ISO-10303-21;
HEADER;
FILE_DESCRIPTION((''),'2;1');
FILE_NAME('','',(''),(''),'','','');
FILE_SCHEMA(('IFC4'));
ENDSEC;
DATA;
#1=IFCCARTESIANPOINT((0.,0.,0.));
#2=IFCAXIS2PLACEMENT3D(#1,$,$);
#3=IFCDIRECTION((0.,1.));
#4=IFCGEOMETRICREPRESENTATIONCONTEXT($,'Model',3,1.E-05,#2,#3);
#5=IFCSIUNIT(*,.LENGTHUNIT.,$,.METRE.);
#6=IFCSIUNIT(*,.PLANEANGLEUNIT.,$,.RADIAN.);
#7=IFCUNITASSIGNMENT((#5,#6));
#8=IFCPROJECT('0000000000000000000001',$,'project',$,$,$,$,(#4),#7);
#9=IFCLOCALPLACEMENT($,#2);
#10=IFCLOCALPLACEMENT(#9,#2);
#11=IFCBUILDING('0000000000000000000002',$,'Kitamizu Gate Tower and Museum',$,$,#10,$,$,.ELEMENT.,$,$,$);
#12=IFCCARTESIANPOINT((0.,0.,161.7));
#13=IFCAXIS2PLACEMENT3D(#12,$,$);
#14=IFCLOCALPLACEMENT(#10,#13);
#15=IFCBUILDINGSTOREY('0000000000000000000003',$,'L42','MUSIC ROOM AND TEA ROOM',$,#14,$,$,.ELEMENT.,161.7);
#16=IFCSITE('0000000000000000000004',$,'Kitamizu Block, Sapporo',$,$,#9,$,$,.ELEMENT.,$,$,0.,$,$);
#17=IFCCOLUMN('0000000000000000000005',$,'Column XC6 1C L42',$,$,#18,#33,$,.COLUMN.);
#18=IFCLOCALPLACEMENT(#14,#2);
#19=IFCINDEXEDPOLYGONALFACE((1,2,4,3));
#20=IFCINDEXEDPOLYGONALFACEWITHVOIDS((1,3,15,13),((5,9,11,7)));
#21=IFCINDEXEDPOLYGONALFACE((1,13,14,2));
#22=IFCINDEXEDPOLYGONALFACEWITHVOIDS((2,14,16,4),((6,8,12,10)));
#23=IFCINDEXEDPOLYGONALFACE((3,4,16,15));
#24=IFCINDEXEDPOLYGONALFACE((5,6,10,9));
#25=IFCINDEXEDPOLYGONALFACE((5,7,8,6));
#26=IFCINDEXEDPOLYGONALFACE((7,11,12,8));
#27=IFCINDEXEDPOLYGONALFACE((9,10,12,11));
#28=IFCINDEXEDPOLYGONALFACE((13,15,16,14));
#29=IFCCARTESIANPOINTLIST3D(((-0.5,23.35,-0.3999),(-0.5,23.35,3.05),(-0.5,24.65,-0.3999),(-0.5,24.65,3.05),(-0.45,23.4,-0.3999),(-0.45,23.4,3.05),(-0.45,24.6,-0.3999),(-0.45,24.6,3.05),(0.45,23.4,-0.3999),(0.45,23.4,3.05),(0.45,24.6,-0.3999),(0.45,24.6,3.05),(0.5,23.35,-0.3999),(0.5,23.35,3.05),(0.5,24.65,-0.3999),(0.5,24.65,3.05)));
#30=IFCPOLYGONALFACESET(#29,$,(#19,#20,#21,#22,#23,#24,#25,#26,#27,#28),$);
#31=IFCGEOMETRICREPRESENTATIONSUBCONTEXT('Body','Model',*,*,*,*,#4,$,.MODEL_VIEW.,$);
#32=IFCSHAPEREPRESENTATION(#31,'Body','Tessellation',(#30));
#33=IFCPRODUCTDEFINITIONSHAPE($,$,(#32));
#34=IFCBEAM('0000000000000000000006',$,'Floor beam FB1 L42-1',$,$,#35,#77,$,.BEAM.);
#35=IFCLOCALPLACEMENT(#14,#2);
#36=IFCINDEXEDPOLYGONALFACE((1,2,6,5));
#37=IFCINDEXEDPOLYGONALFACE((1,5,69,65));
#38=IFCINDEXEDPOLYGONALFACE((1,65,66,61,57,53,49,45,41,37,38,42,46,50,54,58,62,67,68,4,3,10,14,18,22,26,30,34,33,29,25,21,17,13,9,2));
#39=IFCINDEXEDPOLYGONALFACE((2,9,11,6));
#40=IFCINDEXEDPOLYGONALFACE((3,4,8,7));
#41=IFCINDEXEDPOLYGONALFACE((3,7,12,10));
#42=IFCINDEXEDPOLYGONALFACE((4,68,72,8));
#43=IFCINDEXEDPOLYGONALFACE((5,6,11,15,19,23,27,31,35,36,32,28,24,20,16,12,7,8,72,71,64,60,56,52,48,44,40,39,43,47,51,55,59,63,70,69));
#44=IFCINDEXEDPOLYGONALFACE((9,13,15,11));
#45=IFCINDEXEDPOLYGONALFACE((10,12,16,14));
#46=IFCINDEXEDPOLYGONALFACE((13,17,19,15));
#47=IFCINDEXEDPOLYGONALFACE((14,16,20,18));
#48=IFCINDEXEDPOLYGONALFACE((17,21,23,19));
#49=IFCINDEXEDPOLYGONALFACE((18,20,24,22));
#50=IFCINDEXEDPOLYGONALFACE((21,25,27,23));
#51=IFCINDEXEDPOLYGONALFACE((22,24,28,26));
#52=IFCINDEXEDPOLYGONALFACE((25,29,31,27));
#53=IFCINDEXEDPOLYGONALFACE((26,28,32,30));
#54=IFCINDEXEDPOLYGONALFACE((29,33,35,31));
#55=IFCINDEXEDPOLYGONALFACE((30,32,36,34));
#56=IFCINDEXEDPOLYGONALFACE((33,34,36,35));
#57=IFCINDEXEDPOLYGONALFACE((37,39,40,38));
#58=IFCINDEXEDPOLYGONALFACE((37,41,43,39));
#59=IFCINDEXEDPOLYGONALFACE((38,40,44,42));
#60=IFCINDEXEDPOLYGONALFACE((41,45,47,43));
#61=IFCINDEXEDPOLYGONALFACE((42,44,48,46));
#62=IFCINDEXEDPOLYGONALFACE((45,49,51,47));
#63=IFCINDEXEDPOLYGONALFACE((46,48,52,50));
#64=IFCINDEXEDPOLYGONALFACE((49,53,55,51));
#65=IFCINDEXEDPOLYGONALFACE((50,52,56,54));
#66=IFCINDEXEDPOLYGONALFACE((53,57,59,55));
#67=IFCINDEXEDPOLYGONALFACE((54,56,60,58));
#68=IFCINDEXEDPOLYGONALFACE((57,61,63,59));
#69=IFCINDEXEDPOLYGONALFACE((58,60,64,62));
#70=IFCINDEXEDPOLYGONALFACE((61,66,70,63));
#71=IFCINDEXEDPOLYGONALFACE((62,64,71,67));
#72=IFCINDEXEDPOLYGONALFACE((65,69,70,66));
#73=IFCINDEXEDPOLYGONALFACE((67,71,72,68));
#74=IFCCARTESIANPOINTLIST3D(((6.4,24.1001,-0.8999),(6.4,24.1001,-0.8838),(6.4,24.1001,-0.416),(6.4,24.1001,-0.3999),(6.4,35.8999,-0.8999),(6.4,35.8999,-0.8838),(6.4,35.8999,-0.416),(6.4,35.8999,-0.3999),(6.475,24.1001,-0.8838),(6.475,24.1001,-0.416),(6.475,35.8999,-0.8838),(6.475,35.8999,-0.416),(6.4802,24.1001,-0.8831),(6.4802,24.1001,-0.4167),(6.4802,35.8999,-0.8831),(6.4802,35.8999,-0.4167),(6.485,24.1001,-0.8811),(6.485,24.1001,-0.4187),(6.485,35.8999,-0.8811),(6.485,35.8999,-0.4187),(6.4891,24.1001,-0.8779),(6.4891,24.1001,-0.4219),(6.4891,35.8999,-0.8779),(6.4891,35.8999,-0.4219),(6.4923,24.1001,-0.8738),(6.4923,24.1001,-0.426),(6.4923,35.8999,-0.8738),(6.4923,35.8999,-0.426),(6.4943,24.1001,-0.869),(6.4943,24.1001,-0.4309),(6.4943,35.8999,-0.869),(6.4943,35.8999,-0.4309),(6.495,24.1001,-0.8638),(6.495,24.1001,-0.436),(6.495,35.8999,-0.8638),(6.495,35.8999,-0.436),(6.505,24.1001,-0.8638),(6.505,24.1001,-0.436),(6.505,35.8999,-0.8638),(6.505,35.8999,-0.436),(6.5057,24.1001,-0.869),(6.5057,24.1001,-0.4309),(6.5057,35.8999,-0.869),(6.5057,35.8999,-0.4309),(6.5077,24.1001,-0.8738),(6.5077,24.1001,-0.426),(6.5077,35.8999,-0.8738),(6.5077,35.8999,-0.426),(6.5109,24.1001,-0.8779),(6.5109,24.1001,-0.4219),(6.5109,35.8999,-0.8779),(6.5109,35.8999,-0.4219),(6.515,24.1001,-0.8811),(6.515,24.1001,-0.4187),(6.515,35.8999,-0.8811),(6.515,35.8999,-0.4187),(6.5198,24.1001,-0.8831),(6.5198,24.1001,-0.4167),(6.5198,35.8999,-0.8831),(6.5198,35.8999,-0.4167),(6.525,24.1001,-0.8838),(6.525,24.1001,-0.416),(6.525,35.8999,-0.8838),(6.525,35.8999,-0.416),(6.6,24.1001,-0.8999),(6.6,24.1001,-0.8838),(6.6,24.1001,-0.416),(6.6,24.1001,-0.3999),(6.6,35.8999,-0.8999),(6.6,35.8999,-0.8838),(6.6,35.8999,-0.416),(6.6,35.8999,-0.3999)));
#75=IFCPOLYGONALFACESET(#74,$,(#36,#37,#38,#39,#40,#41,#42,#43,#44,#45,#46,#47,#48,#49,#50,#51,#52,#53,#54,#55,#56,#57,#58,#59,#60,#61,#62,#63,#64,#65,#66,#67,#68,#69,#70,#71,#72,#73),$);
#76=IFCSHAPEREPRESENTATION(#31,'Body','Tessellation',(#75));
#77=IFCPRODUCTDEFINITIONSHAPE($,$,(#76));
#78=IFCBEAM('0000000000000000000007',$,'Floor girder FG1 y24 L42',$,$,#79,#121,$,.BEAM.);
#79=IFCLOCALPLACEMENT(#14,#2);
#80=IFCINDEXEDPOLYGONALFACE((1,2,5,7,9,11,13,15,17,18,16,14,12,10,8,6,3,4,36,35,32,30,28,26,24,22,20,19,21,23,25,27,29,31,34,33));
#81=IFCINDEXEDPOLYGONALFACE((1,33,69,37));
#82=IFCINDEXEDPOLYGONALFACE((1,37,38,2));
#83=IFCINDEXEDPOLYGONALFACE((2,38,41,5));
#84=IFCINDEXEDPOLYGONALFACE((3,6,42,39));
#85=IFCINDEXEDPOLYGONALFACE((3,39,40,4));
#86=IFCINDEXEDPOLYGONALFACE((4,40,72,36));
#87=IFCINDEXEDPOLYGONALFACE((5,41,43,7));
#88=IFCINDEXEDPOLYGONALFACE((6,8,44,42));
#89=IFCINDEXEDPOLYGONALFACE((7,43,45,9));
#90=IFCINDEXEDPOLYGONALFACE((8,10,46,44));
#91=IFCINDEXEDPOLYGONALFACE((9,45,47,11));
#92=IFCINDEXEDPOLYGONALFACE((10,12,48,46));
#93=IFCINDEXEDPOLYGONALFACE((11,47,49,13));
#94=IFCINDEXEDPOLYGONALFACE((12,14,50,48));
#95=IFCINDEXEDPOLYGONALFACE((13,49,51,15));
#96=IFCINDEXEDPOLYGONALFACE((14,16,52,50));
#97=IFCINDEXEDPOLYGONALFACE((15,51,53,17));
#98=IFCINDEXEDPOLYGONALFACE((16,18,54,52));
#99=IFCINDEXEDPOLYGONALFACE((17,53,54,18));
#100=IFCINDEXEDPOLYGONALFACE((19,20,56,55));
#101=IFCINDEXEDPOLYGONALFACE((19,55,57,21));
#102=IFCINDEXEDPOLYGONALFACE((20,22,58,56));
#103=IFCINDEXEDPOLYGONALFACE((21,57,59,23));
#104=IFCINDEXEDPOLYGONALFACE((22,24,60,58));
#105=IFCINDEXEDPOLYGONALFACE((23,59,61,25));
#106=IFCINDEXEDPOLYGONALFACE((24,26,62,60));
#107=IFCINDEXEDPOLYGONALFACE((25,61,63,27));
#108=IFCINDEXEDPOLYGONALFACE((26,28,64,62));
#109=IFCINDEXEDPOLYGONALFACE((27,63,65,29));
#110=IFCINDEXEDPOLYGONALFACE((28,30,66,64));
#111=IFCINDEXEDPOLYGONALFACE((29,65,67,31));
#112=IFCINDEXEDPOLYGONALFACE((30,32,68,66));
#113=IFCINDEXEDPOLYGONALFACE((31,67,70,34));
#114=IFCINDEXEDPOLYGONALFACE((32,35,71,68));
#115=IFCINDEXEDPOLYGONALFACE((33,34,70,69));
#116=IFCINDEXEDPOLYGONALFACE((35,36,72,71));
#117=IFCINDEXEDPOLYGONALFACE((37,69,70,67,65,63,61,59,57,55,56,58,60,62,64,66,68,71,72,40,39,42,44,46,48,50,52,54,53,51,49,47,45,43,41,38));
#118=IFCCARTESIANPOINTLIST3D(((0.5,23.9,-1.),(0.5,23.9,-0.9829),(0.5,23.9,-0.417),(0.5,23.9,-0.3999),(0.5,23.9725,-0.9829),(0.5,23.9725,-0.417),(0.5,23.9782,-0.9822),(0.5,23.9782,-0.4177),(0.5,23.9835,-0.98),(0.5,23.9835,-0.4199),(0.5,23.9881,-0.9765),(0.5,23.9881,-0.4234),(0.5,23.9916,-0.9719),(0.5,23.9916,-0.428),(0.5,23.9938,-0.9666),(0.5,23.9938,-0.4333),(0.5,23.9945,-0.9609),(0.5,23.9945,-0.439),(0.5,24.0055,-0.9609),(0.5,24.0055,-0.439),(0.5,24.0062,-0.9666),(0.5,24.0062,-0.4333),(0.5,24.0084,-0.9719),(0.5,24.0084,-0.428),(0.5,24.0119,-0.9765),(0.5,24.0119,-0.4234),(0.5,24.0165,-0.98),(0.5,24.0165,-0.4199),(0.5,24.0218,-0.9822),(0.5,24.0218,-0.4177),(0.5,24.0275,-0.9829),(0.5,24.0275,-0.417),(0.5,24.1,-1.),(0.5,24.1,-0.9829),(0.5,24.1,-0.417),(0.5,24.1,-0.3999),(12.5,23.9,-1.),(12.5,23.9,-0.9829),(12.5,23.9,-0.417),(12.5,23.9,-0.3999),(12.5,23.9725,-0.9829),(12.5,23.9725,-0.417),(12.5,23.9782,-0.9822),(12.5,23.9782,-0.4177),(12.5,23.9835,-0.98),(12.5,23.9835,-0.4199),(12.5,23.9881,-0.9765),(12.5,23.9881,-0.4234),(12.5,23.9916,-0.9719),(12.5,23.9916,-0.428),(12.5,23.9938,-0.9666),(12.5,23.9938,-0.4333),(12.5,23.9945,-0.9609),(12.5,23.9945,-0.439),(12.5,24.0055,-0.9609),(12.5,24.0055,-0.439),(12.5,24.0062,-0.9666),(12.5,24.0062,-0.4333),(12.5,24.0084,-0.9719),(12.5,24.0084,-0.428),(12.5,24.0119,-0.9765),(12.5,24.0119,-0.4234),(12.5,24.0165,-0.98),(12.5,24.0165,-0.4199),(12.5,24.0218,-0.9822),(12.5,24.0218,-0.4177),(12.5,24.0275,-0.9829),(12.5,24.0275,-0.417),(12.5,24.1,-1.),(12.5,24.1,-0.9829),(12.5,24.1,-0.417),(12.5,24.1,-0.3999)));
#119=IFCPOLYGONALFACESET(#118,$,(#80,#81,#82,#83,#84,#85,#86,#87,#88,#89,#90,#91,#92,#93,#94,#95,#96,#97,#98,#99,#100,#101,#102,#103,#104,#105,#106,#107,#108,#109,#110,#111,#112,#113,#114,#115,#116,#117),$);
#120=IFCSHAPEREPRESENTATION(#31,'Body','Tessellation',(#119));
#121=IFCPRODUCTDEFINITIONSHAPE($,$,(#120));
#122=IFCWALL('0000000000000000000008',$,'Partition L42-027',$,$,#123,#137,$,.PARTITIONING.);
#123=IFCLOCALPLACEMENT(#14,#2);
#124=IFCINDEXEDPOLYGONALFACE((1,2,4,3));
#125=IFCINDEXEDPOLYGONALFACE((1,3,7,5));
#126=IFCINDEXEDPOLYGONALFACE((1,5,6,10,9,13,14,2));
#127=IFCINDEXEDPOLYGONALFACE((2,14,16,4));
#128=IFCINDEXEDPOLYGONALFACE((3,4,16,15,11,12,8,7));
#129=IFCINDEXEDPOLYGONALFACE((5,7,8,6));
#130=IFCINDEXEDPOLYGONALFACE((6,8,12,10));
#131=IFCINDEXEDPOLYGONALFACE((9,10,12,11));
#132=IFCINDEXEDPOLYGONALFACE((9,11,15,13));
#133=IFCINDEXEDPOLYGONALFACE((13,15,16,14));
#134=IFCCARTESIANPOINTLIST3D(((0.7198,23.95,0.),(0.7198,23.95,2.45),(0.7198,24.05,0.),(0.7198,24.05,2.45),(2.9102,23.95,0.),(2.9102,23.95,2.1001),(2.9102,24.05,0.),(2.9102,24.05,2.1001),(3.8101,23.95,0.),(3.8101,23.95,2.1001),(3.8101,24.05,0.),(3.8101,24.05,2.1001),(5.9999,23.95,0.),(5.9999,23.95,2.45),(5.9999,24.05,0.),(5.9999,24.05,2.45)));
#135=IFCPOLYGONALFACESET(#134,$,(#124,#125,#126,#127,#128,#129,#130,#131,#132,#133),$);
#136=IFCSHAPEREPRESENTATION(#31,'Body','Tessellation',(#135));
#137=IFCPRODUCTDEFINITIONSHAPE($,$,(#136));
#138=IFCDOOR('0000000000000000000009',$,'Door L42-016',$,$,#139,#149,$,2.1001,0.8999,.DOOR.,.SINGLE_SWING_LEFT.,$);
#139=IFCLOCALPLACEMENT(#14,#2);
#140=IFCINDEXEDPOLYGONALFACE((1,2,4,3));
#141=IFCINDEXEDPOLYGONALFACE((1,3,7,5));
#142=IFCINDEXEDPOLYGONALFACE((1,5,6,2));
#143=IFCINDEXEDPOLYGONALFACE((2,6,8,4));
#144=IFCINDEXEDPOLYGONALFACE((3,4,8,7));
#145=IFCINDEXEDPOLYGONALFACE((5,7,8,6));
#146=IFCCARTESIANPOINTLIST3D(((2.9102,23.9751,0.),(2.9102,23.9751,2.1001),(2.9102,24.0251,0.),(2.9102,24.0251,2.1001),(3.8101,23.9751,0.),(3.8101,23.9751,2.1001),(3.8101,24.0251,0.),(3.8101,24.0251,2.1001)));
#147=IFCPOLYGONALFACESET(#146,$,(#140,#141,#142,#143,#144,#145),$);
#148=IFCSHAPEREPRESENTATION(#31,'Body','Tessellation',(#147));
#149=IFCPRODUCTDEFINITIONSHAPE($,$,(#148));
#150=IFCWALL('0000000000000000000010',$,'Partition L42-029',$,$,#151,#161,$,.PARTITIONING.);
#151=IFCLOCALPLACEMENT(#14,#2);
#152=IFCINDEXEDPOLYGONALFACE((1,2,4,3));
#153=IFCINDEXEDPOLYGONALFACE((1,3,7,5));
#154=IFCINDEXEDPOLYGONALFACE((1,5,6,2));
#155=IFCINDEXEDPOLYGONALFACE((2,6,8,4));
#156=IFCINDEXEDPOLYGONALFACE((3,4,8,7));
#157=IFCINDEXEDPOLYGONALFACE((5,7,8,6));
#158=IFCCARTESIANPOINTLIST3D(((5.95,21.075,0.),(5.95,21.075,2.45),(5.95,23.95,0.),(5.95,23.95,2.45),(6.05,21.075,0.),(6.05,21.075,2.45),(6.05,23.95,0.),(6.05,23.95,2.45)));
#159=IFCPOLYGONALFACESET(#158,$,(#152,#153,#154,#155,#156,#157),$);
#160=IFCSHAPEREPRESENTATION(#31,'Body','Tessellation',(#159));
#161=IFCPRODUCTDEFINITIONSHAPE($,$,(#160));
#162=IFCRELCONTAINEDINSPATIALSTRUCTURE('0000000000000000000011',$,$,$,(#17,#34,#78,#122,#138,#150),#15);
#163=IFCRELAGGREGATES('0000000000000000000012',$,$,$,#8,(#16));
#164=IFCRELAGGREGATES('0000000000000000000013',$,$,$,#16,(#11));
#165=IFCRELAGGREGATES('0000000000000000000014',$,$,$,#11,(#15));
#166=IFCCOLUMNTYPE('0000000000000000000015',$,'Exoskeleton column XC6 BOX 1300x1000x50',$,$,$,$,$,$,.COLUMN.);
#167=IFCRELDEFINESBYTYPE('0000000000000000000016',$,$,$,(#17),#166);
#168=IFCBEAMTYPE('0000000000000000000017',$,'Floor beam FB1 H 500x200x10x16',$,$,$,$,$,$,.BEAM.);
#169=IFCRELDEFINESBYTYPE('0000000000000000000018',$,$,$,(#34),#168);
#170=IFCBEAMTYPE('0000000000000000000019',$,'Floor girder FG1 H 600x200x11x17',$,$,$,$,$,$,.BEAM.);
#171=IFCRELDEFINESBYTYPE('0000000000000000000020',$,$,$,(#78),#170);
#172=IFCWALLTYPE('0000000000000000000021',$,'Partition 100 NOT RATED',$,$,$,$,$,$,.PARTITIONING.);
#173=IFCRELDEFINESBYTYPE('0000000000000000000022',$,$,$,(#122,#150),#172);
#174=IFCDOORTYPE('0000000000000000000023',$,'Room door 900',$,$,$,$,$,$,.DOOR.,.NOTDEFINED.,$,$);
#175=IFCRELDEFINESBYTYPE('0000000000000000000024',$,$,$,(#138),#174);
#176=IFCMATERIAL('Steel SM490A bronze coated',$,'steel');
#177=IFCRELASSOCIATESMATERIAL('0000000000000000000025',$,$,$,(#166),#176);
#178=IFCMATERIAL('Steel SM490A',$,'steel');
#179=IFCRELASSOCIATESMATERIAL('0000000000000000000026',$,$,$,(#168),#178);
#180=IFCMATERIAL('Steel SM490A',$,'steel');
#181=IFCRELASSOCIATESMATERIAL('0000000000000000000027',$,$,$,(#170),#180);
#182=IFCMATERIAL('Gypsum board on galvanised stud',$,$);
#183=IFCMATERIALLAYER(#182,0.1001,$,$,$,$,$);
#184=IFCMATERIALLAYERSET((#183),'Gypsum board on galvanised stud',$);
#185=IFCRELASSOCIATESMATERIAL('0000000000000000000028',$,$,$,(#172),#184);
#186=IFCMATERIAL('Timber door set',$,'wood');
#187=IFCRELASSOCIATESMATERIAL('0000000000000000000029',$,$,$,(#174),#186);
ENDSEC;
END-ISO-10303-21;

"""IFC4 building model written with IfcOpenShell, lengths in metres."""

from ifc_helpers import new_model, si_unit, direction, frame, frame_2d, origin, origin_2d, place, context, subcontext, project, spatial, rectangle, hollow_rectangle, i_section, extrude, material, layer, layer_set, material_profile, profile_set, type_object, element, fill, save


model = new_model("IFC4")

# Units and contexts
model_context = context("Model", 3, precision=1e-05, world=origin(), true_north=direction((0.0, 1.0)))
body_context = subcontext(model_context, "Body", "Model", "MODEL_VIEW")
ifc_project = project(units=[si_unit("LENGTHUNIT", "METRE"), si_unit("PLANEANGLEUNIT", "RADIAN")], contexts=[model_context])

# Site, building, storey
site_placement = place(None, origin())
site = spatial("IfcSite", under=ifc_project, at=site_placement, Name="Kitamizu Block, Sapporo", CompositionType="ELEMENT", RefElevation=0.0)
building_placement = place(site_placement, origin())
building = spatial("IfcBuilding", under=site, at=building_placement, Name="Kitamizu Gate Tower and Museum", CompositionType="ELEMENT")
storey_placement = place(building_placement, frame((0.0, 0.0, 161.7)))
storey = spatial("IfcBuildingStorey", under=building, at=storey_placement, Name="L42", Description="MUSIC ROOM AND TEA ROOM", CompositionType="ELEMENT", Elevation=161.7)

# Column
ifc_material_1 = material(Name="Steel SM490A bronze coated", Category="steel")
ifc_material_profile_1 = material_profile(ifc_material_1, hollow_rectangle(XDim=1.3, YDim=1.0, WallThickness=0.05, at=origin_2d()), Name="BOX 1300x1000x50")
ifc_profile_set_1 = profile_set([ifc_material_profile_1], Name="Steel SM490A bronze coated")
column_type = type_object("IfcColumnType", Name="Exoskeleton column XC6 BOX 1300x1000x50", PredefinedType="COLUMN", material=ifc_profile_set_1)
column_placement = place(storey_placement, frame((0.0, 24.0, -0.3999), z_axis=(0.0, 0.0, 1.0), x_axis=(0.0, 1.0, 0.0)))
element("IfcColumn", 1, at=column_placement, inside=storey, type_object=column_type, Name="Column XC6 1C L42", PredefinedType="COLUMN", context=body_context, shape_type="SweptSolid", body=[
    extrude(hollow_rectangle(XDim=1.3, YDim=1.0, WallThickness=0.05, at=origin_2d()), origin(), (0.0, 0.0, 1.0), 3.45),
])

# Beams
ifc_material_2 = material(Name="Steel SM490A", Category="steel")
ifc_material_profile_2 = material_profile(ifc_material_2, i_section(OverallWidth=0.2, OverallDepth=0.5, WebThickness=0.01, FlangeThickness=0.0161, FilletRadius=0.02, at=origin_2d()), Name="H-500x200x10x16")
ifc_profile_set_2 = profile_set([ifc_material_profile_2], Name="Steel SM490A")
beam_type_1 = type_object("IfcBeamType", Name="Floor beam FB1 H 500x200x10x16", PredefinedType="BEAM", material=ifc_profile_set_2)
beam_1_placement = place(storey_placement, frame((6.5, 24.1001, -0.6499), z_axis=(0.0, 1.0, 0.0), x_axis=(-1.0, 0.0, 0.0)))
element("IfcBeam", 2, at=beam_1_placement, inside=storey, type_object=beam_type_1, Name="Floor beam FB1 L42-1", PredefinedType="BEAM", context=body_context, shape_type="SweptSolid", body=[
    extrude(i_section(OverallWidth=0.2, OverallDepth=0.5, WebThickness=0.01, FlangeThickness=0.0161, FilletRadius=0.02, at=origin_2d()), origin(), (0.0, 0.0, 1.0), 11.7998),
])
ifc_material_3 = material(Name="Steel SM490A", Category="steel")
ifc_material_profile_3 = material_profile(ifc_material_3, i_section(OverallWidth=0.2, OverallDepth=0.6001, WebThickness=0.011, FlangeThickness=0.0171, FilletRadius=0.022, at=origin_2d()), Name="H-600x200x11x17")
ifc_profile_set_3 = profile_set([ifc_material_profile_3], Name="Steel SM490A")
beam_type_2 = type_object("IfcBeamType", Name="Floor girder FG1 H 600x200x11x17", PredefinedType="BEAM", material=ifc_profile_set_3)
beam_2_placement = place(storey_placement, frame((0.5, 24.0, -0.7), z_axis=(1.0, 0.0, 0.0), x_axis=(0.0, 1.0, 0.0)))
element("IfcBeam", 3, at=beam_2_placement, inside=storey, type_object=beam_type_2, Name="Floor girder FG1 y24 L42", PredefinedType="BEAM", context=body_context, shape_type="SweptSolid", body=[
    extrude(i_section(OverallWidth=0.2, OverallDepth=0.6001, WebThickness=0.011, FlangeThickness=0.0171, FilletRadius=0.022, at=origin_2d()), origin(), (0.0, 0.0, 1.0), 12.0),
])

# Wall, opening, door
ifc_material_4 = material(Name="Gypsum board on galvanised stud")
ifc_layer_1 = layer(ifc_material_4, 0.1001)
ifc_layer_set_1 = layer_set([ifc_layer_1], Name="Gypsum board on galvanised stud")
wall_type_1 = type_object("IfcWallType", Name="Partition 100 NOT RATED", PredefinedType="PARTITIONING", material=ifc_layer_set_1)
wall_1_placement = place(storey_placement, frame((6.0, 24.0, 0.0), z_axis=(0.0, 0.0, 1.0), x_axis=(-1.0, 0.0, 0.0)))
wall_1 = element("IfcWall", 4, at=wall_1_placement, inside=storey, type_object=wall_type_1, Name="Partition L42-027", PredefinedType="PARTITIONING", context=body_context, shape_type="SweptSolid", body=[
    extrude(rectangle(XDim=5.28, YDim=0.1001, at=frame_2d((2.6401, 0.0))), origin(), (0.0, 0.0, 1.0), 2.45),
])
opening_1_placement = place(wall_1_placement, frame((2.1899, 0.0, 0.0)))
opening_1 = element("IfcOpeningElement", 5, at=opening_1_placement, cuts=wall_1, PredefinedType="OPENING", context=body_context, shape_type="SweptSolid", body=[
    extrude(rectangle(XDim=0.8999, YDim=2.1001, at=frame_2d((0.45, 1.05))), frame((0.0, 0.0601, 0.0), z_axis=(0.0, -1.0, 0.0), x_axis=(1.0, 0.0, 0.0)), (0.0, 0.0, 1.0), 0.1201),
])
ifc_material_5 = material(Name="Timber door set", Category="wood")
door_type_1 = type_object("IfcDoorType", Name="Room door 900", OperationType="NOTDEFINED", PredefinedType="DOOR", material=ifc_material_5)
door_1_placement = place(opening_1_placement, origin())
door_1 = element("IfcDoor", 6, at=door_1_placement, inside=storey, type_object=door_type_1, Name="Door L42-016", OperationType="SINGLE_SWING_LEFT", OverallHeight=2.1001, OverallWidth=0.8999, PredefinedType="DOOR", context=body_context, shape_type="SweptSolid", body=[
    extrude(rectangle(XDim=0.8999, YDim=2.1001, at=frame_2d((0.45, 1.05))), frame((0.0, 0.0249, 0.0), z_axis=(0.0, -1.0, 0.0), x_axis=(1.0, 0.0, 0.0)), (0.0, 0.0, 1.0), 0.05),
])
fill(opening_1, door_1)

# Wall
wall_2_placement = place(storey_placement, frame((6.0, 21.075, 0.0), z_axis=(0.0, 0.0, 1.0), x_axis=(0.0, 1.0, 0.0)))
element("IfcWall", 7, at=wall_2_placement, inside=storey, type_object=wall_type_1, Name="Partition L42-029", PredefinedType="PARTITIONING", context=body_context, shape_type="SweptSolid", body=[
    extrude(rectangle(XDim=2.875, YDim=0.1001, at=frame_2d((1.4375, 0.0))), origin(), (0.0, 0.0, 1.0), 2.45),
])

save(model, "model.ifc")
